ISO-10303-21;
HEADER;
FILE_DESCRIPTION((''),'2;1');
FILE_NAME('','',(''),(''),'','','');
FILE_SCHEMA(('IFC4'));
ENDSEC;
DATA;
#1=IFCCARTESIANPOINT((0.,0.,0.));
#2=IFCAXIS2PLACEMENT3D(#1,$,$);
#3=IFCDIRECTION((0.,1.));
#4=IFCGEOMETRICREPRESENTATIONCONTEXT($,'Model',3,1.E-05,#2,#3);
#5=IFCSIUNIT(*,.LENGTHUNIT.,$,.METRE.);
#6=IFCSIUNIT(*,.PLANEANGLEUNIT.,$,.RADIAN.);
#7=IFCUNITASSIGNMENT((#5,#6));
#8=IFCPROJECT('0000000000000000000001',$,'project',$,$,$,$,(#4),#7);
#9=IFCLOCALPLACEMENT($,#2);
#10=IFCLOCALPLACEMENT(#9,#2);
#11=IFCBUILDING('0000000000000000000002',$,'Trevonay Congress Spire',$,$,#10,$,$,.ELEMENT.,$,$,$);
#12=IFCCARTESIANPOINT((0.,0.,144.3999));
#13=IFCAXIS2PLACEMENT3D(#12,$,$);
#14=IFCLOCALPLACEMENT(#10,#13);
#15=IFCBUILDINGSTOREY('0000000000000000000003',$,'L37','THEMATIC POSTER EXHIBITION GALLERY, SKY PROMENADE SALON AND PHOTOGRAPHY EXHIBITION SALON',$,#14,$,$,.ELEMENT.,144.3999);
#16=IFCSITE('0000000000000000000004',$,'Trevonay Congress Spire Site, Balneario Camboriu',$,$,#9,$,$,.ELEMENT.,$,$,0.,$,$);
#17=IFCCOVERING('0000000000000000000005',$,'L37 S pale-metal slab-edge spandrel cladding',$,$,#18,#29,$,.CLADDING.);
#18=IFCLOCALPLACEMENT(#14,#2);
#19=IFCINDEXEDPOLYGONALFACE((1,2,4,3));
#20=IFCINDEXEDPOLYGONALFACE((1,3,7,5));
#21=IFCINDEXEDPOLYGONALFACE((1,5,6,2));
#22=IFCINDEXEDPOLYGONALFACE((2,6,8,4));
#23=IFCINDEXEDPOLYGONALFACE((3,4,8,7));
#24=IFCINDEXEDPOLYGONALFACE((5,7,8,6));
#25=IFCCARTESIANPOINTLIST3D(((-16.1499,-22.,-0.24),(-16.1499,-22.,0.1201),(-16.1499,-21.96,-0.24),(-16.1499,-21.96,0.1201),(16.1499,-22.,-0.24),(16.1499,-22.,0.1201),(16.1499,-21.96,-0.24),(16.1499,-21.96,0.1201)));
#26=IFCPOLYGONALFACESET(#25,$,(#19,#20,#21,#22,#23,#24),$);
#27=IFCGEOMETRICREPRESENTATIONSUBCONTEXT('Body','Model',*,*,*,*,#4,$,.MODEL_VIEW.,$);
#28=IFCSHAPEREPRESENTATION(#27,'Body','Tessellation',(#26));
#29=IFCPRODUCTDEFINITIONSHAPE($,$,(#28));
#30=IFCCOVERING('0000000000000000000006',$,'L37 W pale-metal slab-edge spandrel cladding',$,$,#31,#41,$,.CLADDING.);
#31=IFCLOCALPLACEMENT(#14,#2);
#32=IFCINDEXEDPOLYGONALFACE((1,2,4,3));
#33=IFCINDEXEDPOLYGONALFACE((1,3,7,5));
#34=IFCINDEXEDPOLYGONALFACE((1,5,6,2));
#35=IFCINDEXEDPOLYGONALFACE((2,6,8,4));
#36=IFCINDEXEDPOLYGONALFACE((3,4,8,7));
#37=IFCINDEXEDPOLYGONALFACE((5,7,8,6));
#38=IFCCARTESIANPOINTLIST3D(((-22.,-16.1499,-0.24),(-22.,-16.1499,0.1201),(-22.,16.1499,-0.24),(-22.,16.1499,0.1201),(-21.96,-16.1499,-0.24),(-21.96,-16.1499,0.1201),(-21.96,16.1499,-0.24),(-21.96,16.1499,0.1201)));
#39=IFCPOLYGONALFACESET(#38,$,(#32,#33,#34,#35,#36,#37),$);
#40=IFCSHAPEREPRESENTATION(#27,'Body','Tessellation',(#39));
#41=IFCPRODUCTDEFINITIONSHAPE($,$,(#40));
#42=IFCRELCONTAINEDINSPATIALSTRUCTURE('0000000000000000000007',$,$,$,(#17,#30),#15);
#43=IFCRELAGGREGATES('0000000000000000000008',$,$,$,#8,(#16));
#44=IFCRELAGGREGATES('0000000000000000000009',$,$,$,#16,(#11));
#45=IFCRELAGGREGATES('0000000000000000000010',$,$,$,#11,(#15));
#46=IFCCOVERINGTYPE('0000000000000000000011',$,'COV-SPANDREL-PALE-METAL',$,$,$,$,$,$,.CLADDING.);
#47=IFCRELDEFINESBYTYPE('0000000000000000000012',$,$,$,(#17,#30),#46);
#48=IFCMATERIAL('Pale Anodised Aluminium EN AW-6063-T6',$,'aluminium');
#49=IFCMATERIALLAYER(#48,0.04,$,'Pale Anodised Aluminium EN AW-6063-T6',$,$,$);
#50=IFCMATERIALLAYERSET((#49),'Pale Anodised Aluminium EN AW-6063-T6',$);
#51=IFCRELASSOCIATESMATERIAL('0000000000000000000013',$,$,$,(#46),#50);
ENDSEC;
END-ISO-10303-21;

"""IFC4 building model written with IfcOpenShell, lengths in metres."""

from ifc_helpers import new_model, si_unit, direction, frame, frame_2d, origin, place, context, subcontext, project, spatial, rectangle, extrude, material, layer, layer_set, type_object, element, save


model = new_model("IFC4")

# Units and contexts
model_context = context("Model", 3, precision=1e-05, world=origin(), true_north=direction((0.0, 1.0)))
body_context = subcontext(model_context, "Body", "Model", "MODEL_VIEW")
ifc_project = project(units=[si_unit("LENGTHUNIT", "METRE"), si_unit("PLANEANGLEUNIT", "RADIAN")], contexts=[model_context])

# Site, building, storey
site_placement = place(None, origin())
site = spatial("IfcSite", under=ifc_project, at=site_placement, Name="Trevonay Congress Spire Site, Balneario Camboriu", CompositionType="ELEMENT", RefElevation=0.0)
building_placement = place(site_placement, origin())
building = spatial("IfcBuilding", under=site, at=building_placement, Name="Trevonay Congress Spire", CompositionType="ELEMENT")
storey_placement = place(building_placement, frame((0.0, 0.0, 144.3999)))
storey = spatial("IfcBuildingStorey", under=building, at=storey_placement, Name="L37", Description="THEMATIC POSTER EXHIBITION GALLERY, SKY PROMENADE SALON AND PHOTOGRAPHY EXHIBITION SALON", CompositionType="ELEMENT", Elevation=144.3999)

# Coverings
ifc_material_1 = material(Name="Pale Anodised Aluminium EN AW-6063-T6", Category="aluminium")
ifc_layer_1 = layer(ifc_material_1, 0.04, Name="Pale Anodised Aluminium EN AW-6063-T6")
ifc_layer_set_1 = layer_set([ifc_layer_1], Name="Pale Anodised Aluminium EN AW-6063-T6")
covering_type = type_object("IfcCoveringType", Name="COV-SPANDREL-PALE-METAL", PredefinedType="CLADDING", material=ifc_layer_set_1)
for number, where, z_axis, x_axis, name in (
    (1, (-16.1499, -21.98, -0.24), (0.0, 0.0, 1.0), (1.0, 0.0, 0.0), "L37 S pale-metal slab-edge spandrel cladding"),
    (2, (-21.98, -16.1499, -0.24), (0.0, 0.0, 1.0), (0.0, 1.0, 0.0), "L37 W pale-metal slab-edge spandrel cladding"),
):
    element("IfcCovering", number, at=place(storey_placement, frame(where, z_axis=z_axis, x_axis=x_axis)), inside=storey, type_object=covering_type, Name=name, PredefinedType="CLADDING", context=body_context, shape_type="SweptSolid", body=[
        extrude(rectangle(XDim=32.2998, YDim=0.04, at=frame_2d((16.1499, 0.0))), origin(), (0.0, 0.0, 1.0), 0.3601),
    ])

save(model, "model.ifc")
